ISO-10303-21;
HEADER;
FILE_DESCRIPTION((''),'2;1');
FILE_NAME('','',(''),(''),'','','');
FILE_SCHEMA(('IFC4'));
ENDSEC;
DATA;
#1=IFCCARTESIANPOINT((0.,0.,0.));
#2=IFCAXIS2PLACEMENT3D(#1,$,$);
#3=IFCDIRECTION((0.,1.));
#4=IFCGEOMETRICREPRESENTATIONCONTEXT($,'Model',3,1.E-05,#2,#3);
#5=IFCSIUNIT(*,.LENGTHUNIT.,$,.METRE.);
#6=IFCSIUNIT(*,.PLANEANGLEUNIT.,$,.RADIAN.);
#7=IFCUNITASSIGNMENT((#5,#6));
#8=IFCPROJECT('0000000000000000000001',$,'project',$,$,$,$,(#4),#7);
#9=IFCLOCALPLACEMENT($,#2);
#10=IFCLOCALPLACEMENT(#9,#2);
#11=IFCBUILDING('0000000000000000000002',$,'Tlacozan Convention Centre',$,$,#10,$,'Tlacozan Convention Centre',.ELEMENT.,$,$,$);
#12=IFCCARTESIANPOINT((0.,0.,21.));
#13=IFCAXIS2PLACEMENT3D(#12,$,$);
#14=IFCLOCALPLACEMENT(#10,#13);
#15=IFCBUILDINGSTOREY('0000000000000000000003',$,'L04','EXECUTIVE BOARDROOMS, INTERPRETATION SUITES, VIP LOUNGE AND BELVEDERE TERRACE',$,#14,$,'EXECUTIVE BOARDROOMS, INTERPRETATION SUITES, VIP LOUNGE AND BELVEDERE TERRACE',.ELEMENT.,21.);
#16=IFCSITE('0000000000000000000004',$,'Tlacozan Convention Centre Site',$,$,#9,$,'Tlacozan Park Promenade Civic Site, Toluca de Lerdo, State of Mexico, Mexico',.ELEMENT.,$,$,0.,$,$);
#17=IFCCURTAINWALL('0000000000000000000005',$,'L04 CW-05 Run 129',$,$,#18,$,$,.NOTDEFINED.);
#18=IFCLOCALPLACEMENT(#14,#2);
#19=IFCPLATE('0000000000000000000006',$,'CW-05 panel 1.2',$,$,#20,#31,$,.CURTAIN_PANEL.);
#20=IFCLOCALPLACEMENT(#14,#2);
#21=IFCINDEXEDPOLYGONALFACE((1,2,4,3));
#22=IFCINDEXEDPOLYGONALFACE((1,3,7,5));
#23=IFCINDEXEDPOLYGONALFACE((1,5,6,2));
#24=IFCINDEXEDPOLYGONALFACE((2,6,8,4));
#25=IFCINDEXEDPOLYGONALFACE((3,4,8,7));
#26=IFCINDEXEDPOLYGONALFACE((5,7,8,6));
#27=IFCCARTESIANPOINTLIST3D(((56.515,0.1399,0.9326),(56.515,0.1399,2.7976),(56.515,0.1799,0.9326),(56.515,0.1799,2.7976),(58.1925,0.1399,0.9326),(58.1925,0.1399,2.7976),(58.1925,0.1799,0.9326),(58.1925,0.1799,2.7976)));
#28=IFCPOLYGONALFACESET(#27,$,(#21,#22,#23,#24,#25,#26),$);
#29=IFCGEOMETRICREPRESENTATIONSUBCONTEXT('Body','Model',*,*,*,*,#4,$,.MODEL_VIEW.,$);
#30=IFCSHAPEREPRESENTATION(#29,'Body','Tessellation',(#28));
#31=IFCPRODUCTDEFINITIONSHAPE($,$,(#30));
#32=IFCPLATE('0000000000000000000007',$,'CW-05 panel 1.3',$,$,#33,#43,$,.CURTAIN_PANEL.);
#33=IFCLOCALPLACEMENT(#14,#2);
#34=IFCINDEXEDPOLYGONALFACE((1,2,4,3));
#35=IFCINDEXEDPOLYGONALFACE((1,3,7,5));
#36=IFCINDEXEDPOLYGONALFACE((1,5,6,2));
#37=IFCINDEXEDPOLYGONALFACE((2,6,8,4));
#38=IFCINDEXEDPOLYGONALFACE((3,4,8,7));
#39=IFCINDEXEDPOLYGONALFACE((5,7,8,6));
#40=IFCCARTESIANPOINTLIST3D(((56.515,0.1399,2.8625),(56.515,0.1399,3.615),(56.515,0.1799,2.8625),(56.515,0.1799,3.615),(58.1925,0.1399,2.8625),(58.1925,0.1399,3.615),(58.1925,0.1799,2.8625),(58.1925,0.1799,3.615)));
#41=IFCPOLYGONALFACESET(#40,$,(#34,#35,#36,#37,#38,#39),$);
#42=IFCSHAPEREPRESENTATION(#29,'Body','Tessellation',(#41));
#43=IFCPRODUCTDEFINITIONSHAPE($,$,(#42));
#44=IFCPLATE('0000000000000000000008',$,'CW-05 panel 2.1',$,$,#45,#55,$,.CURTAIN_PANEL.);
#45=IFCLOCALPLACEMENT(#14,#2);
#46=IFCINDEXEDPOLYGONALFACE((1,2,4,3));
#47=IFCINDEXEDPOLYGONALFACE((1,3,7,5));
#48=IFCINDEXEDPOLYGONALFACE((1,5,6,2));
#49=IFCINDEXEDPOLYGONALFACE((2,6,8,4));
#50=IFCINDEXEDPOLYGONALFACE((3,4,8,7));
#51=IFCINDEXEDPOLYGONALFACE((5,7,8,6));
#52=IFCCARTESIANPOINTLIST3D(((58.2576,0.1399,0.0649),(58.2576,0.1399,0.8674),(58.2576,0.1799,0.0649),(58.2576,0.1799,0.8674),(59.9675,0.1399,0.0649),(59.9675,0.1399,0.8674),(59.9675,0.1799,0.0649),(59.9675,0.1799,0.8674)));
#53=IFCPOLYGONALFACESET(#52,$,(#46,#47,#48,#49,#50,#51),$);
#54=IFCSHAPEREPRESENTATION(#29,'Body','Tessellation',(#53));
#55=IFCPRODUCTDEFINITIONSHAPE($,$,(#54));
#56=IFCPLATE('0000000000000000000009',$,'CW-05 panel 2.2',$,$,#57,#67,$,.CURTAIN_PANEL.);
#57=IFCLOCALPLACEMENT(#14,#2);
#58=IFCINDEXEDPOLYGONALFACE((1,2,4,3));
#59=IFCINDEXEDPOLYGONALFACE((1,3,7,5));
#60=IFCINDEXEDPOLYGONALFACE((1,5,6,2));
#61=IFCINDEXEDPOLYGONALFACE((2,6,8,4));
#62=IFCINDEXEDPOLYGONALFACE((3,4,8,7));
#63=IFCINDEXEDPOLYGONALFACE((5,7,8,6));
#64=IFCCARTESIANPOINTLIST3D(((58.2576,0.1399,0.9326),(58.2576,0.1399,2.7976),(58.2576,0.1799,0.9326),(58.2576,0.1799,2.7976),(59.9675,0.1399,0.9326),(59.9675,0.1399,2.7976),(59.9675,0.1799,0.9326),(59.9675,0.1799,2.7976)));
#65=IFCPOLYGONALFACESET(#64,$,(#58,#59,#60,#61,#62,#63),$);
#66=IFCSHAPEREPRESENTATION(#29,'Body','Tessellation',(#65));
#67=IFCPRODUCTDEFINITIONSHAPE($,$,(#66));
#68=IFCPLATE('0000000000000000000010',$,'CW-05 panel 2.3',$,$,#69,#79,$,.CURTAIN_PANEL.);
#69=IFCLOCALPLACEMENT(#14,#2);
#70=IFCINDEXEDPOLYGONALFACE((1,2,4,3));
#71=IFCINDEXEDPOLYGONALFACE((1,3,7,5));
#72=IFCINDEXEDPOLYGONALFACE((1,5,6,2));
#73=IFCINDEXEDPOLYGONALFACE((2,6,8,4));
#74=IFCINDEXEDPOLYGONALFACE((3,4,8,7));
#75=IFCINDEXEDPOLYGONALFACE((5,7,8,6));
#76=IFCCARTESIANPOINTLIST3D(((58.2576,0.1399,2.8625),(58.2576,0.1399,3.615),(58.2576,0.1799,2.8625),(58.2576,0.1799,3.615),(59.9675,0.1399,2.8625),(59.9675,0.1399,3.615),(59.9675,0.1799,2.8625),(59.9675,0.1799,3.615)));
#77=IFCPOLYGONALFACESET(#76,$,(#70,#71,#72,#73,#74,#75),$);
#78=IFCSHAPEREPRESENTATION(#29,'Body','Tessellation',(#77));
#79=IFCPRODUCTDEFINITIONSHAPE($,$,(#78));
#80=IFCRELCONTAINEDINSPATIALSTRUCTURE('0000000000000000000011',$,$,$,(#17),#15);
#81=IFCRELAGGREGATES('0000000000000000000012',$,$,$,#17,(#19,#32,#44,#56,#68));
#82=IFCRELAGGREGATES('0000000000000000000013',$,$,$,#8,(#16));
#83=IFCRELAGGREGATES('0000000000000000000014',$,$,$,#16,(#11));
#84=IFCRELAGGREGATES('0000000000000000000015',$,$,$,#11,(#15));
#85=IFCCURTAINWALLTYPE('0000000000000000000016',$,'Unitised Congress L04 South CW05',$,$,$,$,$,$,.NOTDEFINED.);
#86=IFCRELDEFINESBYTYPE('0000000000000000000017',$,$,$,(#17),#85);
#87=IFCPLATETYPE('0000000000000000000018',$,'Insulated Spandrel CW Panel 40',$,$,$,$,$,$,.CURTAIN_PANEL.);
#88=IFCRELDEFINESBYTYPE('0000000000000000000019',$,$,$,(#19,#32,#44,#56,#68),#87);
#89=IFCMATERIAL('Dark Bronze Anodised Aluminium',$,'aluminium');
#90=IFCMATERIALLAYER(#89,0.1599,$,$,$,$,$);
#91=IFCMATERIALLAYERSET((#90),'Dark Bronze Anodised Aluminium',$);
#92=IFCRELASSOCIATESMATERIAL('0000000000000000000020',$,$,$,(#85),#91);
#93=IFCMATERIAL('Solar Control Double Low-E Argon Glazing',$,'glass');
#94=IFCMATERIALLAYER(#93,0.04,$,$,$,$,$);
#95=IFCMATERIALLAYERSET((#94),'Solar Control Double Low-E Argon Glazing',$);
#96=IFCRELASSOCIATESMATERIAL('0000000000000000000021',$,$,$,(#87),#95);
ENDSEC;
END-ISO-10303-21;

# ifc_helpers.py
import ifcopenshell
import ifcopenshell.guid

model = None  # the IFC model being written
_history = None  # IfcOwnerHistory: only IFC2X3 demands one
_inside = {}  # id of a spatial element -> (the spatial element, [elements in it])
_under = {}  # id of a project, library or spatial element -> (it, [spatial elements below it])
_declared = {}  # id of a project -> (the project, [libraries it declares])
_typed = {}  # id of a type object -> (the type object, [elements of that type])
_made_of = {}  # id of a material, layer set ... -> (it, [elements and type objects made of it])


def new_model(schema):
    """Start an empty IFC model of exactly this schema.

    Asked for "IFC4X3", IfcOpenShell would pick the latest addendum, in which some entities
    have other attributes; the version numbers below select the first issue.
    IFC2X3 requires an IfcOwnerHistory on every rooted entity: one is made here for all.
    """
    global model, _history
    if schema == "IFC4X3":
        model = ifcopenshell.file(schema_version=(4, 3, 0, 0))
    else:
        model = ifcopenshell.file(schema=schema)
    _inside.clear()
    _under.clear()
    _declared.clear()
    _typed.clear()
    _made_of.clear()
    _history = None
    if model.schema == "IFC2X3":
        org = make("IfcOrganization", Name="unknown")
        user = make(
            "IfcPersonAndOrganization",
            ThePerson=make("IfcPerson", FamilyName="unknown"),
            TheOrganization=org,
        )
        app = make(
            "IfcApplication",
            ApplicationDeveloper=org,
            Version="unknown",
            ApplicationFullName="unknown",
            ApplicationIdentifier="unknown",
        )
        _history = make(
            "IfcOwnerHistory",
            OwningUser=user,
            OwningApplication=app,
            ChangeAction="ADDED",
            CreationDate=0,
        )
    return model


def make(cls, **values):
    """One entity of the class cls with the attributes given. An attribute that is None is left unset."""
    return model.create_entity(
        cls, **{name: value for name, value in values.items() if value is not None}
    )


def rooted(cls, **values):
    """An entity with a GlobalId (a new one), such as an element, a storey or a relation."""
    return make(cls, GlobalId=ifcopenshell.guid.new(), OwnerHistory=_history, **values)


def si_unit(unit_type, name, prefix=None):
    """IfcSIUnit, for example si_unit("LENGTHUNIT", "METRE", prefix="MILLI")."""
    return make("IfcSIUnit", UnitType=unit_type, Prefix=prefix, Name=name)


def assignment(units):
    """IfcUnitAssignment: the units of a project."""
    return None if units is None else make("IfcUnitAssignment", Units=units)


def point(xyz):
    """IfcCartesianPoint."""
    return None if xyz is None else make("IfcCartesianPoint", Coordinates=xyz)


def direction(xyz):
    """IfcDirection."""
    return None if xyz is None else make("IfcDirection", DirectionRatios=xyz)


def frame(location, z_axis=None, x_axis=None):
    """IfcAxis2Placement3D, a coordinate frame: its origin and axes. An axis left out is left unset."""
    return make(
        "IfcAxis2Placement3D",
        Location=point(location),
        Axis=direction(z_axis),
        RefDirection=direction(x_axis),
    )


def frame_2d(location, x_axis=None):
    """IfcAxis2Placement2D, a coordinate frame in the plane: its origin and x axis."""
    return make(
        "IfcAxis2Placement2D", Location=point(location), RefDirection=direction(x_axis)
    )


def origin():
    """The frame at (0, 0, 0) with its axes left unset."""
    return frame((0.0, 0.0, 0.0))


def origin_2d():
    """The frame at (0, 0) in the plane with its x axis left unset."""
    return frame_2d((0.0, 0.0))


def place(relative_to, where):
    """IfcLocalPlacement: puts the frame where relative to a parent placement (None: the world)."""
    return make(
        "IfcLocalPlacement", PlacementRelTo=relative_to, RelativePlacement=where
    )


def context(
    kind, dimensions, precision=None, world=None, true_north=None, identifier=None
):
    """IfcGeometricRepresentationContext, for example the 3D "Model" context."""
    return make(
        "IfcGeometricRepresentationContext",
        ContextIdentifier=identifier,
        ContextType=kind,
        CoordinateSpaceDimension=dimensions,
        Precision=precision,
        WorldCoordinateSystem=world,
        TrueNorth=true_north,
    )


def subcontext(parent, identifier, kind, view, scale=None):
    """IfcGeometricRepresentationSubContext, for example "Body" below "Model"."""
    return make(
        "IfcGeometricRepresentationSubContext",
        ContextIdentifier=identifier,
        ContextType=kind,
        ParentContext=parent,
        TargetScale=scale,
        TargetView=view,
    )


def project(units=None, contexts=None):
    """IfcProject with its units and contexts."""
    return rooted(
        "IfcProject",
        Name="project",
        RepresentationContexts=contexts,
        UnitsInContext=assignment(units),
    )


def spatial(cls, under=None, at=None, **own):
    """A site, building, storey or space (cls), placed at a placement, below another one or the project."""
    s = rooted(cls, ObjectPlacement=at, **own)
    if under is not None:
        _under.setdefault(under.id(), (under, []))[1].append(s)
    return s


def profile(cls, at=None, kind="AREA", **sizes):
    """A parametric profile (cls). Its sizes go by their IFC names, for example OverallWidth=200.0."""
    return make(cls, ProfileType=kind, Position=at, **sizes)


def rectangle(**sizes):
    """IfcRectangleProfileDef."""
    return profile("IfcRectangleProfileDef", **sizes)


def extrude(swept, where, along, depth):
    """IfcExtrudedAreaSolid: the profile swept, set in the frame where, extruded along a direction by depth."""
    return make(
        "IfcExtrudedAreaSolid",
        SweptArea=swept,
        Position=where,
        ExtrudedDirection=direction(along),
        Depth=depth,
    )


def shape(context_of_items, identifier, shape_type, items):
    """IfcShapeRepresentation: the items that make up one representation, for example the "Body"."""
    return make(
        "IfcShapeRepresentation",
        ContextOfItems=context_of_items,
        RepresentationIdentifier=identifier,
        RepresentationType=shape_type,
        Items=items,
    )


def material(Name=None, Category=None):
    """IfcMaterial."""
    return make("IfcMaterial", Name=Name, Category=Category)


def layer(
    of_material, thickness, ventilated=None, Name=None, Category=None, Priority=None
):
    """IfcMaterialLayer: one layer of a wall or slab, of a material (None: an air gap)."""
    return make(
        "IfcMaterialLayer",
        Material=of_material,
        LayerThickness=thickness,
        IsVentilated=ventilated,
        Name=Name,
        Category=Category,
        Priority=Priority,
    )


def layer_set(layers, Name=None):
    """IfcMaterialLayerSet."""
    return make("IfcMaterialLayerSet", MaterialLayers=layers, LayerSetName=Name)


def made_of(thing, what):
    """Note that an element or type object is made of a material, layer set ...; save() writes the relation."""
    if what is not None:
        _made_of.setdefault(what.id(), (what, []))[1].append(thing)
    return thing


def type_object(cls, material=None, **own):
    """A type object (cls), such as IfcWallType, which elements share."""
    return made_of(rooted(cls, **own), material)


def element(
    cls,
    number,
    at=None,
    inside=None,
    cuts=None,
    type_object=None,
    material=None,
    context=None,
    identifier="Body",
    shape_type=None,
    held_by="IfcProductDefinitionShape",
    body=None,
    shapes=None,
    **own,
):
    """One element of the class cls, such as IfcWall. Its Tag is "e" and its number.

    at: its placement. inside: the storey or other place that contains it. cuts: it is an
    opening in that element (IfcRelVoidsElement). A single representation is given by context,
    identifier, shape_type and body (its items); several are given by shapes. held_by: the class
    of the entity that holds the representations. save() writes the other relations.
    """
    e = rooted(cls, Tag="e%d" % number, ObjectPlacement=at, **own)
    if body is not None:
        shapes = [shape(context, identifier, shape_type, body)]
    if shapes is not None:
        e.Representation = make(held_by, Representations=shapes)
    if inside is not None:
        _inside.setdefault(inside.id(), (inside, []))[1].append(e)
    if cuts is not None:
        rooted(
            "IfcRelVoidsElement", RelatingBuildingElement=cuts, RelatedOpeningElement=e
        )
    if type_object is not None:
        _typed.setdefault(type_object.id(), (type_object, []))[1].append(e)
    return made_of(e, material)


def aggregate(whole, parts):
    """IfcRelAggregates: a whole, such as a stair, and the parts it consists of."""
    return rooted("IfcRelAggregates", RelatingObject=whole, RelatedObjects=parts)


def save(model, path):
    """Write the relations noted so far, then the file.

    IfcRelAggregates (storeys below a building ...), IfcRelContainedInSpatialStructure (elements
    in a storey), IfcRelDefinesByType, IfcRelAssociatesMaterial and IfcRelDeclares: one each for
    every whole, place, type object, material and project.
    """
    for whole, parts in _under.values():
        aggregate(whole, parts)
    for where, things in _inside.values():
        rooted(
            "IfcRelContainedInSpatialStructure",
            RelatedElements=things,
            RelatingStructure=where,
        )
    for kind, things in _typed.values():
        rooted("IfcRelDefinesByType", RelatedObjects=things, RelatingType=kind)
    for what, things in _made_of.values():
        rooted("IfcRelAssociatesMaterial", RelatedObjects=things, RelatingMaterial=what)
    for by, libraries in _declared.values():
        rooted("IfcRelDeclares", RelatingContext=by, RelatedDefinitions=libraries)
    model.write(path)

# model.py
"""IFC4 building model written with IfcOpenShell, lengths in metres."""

from ifc_helpers import new_model, si_unit, direction, frame, origin, origin_2d, place, context, subcontext, project, spatial, rectangle, extrude, material, layer, layer_set, type_object, element, aggregate, save


model = new_model("IFC4")

# Units and contexts
model_context = context("Model", 3, precision=1e-05, world=origin(), true_north=direction((0.0, 1.0)))
body_context = subcontext(model_context, "Body", "Model", "MODEL_VIEW")
ifc_project = project(units=[si_unit("LENGTHUNIT", "METRE"), si_unit("PLANEANGLEUNIT", "RADIAN")], contexts=[model_context])

# Site, building, storey
site_placement = place(None, origin())
site = spatial("IfcSite", under=ifc_project, at=site_placement, Name="Tlacozan Convention Centre Site", LongName="Tlacozan Park Promenade Civic Site, Toluca de Lerdo, State of Mexico, Mexico", CompositionType="ELEMENT", RefElevation=0.0)
building_placement = place(site_placement, origin())
building = spatial("IfcBuilding", under=site, at=building_placement, Name="Tlacozan Convention Centre", LongName="Tlacozan Convention Centre", CompositionType="ELEMENT")
storey_placement = place(building_placement, frame((0.0, 0.0, 21.0)))
storey = spatial("IfcBuildingStorey", under=building, at=storey_placement, Name="L04", Description="EXECUTIVE BOARDROOMS, INTERPRETATION SUITES, VIP LOUNGE AND BELVEDERE TERRACE", LongName="EXECUTIVE BOARDROOMS, INTERPRETATION SUITES, VIP LOUNGE AND BELVEDERE TERRACE", CompositionType="ELEMENT", Elevation=21.0)

# Shared definitions
ifc_material_1 = material(Name="Dark Bronze Anodised Aluminium", Category="aluminium")
ifc_layer_1 = layer(ifc_material_1, 0.1599)
ifc_layer_set_1 = layer_set([ifc_layer_1], Name="Dark Bronze Anodised Aluminium")
curtain_wall_type = type_object("IfcCurtainWallType", Name="Unitised Congress L04 South CW05", PredefinedType="NOTDEFINED", material=ifc_layer_set_1)

# Curtain wall
curtain_wall_1_placement = place(storey_placement, origin())
curtain_wall_1 = element("IfcCurtainWall", 1, at=curtain_wall_1_placement, inside=storey, type_object=curtain_wall_type, Name="L04 CW-05 Run 129", PredefinedType="NOTDEFINED")

# Plates
ifc_material_2 = material(Name="Solar Control Double Low-E Argon Glazing", Category="glass")
ifc_layer_2 = layer(ifc_material_2, 0.04)
ifc_layer_set_2 = layer_set([ifc_layer_2], Name="Solar Control Double Low-E Argon Glazing")
plate_type_1 = type_object("IfcPlateType", Name="Insulated Spandrel CW Panel 40", PredefinedType="CURTAIN_PANEL", material=ifc_layer_set_2)
plate_1_placement = place(storey_placement, frame((57.3538, 0.1599, 0.9326), z_axis=(0.0, 0.0, 1.0), x_axis=(1.0, 0.0, 0.0)))
plate_1 = element("IfcPlate", 2, at=plate_1_placement, type_object=plate_type_1, Name="CW-05 panel 1.2", PredefinedType="CURTAIN_PANEL", context=body_context, shape_type="SweptSolid", body=[
    extrude(rectangle(XDim=1.6775, YDim=0.04, at=origin_2d()), origin(), (0.0, 0.0, 1.0), 1.865),
])
plate_2_placement = place(storey_placement, frame((57.3538, 0.1599, 2.8625), z_axis=(0.0, 0.0, 1.0), x_axis=(1.0, 0.0, 0.0)))
plate_2 = element("IfcPlate", 3, at=plate_2_placement, type_object=plate_type_1, Name="CW-05 panel 1.3", PredefinedType="CURTAIN_PANEL", context=body_context, shape_type="SweptSolid", body=[
    extrude(rectangle(XDim=1.6775, YDim=0.04, at=origin_2d()), origin(), (0.0, 0.0, 1.0), 0.7524),
])
plate_3_placement = place(storey_placement, frame((59.1125, 0.1599, 0.0649), z_axis=(0.0, 0.0, 1.0), x_axis=(1.0, 0.0, 0.0)))
plate_3 = element("IfcPlate", 4, at=plate_3_placement, type_object=plate_type_1, Name="CW-05 panel 2.1", PredefinedType="CURTAIN_PANEL", context=body_context, shape_type="SweptSolid", body=[
    extrude(rectangle(XDim=1.71, YDim=0.04, at=origin_2d()), origin(), (0.0, 0.0, 1.0), 0.8025),
])
plate_4_placement = place(storey_placement, frame((59.1125, 0.1599, 0.9326), z_axis=(0.0, 0.0, 1.0), x_axis=(1.0, 0.0, 0.0)))
plate_4 = element("IfcPlate", 5, at=plate_4_placement, type_object=plate_type_1, Name="CW-05 panel 2.2", PredefinedType="CURTAIN_PANEL", context=body_context, shape_type="SweptSolid", body=[
    extrude(rectangle(XDim=1.71, YDim=0.04, at=origin_2d()), origin(), (0.0, 0.0, 1.0), 1.865),
])
plate_5_placement = place(storey_placement, frame((59.1125, 0.1599, 2.8625), z_axis=(0.0, 0.0, 1.0), x_axis=(1.0, 0.0, 0.0)))
plate_5 = element("IfcPlate", 6, at=plate_5_placement, type_object=plate_type_1, Name="CW-05 panel 2.3", PredefinedType="CURTAIN_PANEL", context=body_context, shape_type="SweptSolid", body=[
    extrude(rectangle(XDim=1.71, YDim=0.04, at=origin_2d()), origin(), (0.0, 0.0, 1.0), 0.7524),
])
aggregate(curtain_wall_1, [plate_1, plate_2, plate_3, plate_4, plate_5])

save(model, "model.ifc")
